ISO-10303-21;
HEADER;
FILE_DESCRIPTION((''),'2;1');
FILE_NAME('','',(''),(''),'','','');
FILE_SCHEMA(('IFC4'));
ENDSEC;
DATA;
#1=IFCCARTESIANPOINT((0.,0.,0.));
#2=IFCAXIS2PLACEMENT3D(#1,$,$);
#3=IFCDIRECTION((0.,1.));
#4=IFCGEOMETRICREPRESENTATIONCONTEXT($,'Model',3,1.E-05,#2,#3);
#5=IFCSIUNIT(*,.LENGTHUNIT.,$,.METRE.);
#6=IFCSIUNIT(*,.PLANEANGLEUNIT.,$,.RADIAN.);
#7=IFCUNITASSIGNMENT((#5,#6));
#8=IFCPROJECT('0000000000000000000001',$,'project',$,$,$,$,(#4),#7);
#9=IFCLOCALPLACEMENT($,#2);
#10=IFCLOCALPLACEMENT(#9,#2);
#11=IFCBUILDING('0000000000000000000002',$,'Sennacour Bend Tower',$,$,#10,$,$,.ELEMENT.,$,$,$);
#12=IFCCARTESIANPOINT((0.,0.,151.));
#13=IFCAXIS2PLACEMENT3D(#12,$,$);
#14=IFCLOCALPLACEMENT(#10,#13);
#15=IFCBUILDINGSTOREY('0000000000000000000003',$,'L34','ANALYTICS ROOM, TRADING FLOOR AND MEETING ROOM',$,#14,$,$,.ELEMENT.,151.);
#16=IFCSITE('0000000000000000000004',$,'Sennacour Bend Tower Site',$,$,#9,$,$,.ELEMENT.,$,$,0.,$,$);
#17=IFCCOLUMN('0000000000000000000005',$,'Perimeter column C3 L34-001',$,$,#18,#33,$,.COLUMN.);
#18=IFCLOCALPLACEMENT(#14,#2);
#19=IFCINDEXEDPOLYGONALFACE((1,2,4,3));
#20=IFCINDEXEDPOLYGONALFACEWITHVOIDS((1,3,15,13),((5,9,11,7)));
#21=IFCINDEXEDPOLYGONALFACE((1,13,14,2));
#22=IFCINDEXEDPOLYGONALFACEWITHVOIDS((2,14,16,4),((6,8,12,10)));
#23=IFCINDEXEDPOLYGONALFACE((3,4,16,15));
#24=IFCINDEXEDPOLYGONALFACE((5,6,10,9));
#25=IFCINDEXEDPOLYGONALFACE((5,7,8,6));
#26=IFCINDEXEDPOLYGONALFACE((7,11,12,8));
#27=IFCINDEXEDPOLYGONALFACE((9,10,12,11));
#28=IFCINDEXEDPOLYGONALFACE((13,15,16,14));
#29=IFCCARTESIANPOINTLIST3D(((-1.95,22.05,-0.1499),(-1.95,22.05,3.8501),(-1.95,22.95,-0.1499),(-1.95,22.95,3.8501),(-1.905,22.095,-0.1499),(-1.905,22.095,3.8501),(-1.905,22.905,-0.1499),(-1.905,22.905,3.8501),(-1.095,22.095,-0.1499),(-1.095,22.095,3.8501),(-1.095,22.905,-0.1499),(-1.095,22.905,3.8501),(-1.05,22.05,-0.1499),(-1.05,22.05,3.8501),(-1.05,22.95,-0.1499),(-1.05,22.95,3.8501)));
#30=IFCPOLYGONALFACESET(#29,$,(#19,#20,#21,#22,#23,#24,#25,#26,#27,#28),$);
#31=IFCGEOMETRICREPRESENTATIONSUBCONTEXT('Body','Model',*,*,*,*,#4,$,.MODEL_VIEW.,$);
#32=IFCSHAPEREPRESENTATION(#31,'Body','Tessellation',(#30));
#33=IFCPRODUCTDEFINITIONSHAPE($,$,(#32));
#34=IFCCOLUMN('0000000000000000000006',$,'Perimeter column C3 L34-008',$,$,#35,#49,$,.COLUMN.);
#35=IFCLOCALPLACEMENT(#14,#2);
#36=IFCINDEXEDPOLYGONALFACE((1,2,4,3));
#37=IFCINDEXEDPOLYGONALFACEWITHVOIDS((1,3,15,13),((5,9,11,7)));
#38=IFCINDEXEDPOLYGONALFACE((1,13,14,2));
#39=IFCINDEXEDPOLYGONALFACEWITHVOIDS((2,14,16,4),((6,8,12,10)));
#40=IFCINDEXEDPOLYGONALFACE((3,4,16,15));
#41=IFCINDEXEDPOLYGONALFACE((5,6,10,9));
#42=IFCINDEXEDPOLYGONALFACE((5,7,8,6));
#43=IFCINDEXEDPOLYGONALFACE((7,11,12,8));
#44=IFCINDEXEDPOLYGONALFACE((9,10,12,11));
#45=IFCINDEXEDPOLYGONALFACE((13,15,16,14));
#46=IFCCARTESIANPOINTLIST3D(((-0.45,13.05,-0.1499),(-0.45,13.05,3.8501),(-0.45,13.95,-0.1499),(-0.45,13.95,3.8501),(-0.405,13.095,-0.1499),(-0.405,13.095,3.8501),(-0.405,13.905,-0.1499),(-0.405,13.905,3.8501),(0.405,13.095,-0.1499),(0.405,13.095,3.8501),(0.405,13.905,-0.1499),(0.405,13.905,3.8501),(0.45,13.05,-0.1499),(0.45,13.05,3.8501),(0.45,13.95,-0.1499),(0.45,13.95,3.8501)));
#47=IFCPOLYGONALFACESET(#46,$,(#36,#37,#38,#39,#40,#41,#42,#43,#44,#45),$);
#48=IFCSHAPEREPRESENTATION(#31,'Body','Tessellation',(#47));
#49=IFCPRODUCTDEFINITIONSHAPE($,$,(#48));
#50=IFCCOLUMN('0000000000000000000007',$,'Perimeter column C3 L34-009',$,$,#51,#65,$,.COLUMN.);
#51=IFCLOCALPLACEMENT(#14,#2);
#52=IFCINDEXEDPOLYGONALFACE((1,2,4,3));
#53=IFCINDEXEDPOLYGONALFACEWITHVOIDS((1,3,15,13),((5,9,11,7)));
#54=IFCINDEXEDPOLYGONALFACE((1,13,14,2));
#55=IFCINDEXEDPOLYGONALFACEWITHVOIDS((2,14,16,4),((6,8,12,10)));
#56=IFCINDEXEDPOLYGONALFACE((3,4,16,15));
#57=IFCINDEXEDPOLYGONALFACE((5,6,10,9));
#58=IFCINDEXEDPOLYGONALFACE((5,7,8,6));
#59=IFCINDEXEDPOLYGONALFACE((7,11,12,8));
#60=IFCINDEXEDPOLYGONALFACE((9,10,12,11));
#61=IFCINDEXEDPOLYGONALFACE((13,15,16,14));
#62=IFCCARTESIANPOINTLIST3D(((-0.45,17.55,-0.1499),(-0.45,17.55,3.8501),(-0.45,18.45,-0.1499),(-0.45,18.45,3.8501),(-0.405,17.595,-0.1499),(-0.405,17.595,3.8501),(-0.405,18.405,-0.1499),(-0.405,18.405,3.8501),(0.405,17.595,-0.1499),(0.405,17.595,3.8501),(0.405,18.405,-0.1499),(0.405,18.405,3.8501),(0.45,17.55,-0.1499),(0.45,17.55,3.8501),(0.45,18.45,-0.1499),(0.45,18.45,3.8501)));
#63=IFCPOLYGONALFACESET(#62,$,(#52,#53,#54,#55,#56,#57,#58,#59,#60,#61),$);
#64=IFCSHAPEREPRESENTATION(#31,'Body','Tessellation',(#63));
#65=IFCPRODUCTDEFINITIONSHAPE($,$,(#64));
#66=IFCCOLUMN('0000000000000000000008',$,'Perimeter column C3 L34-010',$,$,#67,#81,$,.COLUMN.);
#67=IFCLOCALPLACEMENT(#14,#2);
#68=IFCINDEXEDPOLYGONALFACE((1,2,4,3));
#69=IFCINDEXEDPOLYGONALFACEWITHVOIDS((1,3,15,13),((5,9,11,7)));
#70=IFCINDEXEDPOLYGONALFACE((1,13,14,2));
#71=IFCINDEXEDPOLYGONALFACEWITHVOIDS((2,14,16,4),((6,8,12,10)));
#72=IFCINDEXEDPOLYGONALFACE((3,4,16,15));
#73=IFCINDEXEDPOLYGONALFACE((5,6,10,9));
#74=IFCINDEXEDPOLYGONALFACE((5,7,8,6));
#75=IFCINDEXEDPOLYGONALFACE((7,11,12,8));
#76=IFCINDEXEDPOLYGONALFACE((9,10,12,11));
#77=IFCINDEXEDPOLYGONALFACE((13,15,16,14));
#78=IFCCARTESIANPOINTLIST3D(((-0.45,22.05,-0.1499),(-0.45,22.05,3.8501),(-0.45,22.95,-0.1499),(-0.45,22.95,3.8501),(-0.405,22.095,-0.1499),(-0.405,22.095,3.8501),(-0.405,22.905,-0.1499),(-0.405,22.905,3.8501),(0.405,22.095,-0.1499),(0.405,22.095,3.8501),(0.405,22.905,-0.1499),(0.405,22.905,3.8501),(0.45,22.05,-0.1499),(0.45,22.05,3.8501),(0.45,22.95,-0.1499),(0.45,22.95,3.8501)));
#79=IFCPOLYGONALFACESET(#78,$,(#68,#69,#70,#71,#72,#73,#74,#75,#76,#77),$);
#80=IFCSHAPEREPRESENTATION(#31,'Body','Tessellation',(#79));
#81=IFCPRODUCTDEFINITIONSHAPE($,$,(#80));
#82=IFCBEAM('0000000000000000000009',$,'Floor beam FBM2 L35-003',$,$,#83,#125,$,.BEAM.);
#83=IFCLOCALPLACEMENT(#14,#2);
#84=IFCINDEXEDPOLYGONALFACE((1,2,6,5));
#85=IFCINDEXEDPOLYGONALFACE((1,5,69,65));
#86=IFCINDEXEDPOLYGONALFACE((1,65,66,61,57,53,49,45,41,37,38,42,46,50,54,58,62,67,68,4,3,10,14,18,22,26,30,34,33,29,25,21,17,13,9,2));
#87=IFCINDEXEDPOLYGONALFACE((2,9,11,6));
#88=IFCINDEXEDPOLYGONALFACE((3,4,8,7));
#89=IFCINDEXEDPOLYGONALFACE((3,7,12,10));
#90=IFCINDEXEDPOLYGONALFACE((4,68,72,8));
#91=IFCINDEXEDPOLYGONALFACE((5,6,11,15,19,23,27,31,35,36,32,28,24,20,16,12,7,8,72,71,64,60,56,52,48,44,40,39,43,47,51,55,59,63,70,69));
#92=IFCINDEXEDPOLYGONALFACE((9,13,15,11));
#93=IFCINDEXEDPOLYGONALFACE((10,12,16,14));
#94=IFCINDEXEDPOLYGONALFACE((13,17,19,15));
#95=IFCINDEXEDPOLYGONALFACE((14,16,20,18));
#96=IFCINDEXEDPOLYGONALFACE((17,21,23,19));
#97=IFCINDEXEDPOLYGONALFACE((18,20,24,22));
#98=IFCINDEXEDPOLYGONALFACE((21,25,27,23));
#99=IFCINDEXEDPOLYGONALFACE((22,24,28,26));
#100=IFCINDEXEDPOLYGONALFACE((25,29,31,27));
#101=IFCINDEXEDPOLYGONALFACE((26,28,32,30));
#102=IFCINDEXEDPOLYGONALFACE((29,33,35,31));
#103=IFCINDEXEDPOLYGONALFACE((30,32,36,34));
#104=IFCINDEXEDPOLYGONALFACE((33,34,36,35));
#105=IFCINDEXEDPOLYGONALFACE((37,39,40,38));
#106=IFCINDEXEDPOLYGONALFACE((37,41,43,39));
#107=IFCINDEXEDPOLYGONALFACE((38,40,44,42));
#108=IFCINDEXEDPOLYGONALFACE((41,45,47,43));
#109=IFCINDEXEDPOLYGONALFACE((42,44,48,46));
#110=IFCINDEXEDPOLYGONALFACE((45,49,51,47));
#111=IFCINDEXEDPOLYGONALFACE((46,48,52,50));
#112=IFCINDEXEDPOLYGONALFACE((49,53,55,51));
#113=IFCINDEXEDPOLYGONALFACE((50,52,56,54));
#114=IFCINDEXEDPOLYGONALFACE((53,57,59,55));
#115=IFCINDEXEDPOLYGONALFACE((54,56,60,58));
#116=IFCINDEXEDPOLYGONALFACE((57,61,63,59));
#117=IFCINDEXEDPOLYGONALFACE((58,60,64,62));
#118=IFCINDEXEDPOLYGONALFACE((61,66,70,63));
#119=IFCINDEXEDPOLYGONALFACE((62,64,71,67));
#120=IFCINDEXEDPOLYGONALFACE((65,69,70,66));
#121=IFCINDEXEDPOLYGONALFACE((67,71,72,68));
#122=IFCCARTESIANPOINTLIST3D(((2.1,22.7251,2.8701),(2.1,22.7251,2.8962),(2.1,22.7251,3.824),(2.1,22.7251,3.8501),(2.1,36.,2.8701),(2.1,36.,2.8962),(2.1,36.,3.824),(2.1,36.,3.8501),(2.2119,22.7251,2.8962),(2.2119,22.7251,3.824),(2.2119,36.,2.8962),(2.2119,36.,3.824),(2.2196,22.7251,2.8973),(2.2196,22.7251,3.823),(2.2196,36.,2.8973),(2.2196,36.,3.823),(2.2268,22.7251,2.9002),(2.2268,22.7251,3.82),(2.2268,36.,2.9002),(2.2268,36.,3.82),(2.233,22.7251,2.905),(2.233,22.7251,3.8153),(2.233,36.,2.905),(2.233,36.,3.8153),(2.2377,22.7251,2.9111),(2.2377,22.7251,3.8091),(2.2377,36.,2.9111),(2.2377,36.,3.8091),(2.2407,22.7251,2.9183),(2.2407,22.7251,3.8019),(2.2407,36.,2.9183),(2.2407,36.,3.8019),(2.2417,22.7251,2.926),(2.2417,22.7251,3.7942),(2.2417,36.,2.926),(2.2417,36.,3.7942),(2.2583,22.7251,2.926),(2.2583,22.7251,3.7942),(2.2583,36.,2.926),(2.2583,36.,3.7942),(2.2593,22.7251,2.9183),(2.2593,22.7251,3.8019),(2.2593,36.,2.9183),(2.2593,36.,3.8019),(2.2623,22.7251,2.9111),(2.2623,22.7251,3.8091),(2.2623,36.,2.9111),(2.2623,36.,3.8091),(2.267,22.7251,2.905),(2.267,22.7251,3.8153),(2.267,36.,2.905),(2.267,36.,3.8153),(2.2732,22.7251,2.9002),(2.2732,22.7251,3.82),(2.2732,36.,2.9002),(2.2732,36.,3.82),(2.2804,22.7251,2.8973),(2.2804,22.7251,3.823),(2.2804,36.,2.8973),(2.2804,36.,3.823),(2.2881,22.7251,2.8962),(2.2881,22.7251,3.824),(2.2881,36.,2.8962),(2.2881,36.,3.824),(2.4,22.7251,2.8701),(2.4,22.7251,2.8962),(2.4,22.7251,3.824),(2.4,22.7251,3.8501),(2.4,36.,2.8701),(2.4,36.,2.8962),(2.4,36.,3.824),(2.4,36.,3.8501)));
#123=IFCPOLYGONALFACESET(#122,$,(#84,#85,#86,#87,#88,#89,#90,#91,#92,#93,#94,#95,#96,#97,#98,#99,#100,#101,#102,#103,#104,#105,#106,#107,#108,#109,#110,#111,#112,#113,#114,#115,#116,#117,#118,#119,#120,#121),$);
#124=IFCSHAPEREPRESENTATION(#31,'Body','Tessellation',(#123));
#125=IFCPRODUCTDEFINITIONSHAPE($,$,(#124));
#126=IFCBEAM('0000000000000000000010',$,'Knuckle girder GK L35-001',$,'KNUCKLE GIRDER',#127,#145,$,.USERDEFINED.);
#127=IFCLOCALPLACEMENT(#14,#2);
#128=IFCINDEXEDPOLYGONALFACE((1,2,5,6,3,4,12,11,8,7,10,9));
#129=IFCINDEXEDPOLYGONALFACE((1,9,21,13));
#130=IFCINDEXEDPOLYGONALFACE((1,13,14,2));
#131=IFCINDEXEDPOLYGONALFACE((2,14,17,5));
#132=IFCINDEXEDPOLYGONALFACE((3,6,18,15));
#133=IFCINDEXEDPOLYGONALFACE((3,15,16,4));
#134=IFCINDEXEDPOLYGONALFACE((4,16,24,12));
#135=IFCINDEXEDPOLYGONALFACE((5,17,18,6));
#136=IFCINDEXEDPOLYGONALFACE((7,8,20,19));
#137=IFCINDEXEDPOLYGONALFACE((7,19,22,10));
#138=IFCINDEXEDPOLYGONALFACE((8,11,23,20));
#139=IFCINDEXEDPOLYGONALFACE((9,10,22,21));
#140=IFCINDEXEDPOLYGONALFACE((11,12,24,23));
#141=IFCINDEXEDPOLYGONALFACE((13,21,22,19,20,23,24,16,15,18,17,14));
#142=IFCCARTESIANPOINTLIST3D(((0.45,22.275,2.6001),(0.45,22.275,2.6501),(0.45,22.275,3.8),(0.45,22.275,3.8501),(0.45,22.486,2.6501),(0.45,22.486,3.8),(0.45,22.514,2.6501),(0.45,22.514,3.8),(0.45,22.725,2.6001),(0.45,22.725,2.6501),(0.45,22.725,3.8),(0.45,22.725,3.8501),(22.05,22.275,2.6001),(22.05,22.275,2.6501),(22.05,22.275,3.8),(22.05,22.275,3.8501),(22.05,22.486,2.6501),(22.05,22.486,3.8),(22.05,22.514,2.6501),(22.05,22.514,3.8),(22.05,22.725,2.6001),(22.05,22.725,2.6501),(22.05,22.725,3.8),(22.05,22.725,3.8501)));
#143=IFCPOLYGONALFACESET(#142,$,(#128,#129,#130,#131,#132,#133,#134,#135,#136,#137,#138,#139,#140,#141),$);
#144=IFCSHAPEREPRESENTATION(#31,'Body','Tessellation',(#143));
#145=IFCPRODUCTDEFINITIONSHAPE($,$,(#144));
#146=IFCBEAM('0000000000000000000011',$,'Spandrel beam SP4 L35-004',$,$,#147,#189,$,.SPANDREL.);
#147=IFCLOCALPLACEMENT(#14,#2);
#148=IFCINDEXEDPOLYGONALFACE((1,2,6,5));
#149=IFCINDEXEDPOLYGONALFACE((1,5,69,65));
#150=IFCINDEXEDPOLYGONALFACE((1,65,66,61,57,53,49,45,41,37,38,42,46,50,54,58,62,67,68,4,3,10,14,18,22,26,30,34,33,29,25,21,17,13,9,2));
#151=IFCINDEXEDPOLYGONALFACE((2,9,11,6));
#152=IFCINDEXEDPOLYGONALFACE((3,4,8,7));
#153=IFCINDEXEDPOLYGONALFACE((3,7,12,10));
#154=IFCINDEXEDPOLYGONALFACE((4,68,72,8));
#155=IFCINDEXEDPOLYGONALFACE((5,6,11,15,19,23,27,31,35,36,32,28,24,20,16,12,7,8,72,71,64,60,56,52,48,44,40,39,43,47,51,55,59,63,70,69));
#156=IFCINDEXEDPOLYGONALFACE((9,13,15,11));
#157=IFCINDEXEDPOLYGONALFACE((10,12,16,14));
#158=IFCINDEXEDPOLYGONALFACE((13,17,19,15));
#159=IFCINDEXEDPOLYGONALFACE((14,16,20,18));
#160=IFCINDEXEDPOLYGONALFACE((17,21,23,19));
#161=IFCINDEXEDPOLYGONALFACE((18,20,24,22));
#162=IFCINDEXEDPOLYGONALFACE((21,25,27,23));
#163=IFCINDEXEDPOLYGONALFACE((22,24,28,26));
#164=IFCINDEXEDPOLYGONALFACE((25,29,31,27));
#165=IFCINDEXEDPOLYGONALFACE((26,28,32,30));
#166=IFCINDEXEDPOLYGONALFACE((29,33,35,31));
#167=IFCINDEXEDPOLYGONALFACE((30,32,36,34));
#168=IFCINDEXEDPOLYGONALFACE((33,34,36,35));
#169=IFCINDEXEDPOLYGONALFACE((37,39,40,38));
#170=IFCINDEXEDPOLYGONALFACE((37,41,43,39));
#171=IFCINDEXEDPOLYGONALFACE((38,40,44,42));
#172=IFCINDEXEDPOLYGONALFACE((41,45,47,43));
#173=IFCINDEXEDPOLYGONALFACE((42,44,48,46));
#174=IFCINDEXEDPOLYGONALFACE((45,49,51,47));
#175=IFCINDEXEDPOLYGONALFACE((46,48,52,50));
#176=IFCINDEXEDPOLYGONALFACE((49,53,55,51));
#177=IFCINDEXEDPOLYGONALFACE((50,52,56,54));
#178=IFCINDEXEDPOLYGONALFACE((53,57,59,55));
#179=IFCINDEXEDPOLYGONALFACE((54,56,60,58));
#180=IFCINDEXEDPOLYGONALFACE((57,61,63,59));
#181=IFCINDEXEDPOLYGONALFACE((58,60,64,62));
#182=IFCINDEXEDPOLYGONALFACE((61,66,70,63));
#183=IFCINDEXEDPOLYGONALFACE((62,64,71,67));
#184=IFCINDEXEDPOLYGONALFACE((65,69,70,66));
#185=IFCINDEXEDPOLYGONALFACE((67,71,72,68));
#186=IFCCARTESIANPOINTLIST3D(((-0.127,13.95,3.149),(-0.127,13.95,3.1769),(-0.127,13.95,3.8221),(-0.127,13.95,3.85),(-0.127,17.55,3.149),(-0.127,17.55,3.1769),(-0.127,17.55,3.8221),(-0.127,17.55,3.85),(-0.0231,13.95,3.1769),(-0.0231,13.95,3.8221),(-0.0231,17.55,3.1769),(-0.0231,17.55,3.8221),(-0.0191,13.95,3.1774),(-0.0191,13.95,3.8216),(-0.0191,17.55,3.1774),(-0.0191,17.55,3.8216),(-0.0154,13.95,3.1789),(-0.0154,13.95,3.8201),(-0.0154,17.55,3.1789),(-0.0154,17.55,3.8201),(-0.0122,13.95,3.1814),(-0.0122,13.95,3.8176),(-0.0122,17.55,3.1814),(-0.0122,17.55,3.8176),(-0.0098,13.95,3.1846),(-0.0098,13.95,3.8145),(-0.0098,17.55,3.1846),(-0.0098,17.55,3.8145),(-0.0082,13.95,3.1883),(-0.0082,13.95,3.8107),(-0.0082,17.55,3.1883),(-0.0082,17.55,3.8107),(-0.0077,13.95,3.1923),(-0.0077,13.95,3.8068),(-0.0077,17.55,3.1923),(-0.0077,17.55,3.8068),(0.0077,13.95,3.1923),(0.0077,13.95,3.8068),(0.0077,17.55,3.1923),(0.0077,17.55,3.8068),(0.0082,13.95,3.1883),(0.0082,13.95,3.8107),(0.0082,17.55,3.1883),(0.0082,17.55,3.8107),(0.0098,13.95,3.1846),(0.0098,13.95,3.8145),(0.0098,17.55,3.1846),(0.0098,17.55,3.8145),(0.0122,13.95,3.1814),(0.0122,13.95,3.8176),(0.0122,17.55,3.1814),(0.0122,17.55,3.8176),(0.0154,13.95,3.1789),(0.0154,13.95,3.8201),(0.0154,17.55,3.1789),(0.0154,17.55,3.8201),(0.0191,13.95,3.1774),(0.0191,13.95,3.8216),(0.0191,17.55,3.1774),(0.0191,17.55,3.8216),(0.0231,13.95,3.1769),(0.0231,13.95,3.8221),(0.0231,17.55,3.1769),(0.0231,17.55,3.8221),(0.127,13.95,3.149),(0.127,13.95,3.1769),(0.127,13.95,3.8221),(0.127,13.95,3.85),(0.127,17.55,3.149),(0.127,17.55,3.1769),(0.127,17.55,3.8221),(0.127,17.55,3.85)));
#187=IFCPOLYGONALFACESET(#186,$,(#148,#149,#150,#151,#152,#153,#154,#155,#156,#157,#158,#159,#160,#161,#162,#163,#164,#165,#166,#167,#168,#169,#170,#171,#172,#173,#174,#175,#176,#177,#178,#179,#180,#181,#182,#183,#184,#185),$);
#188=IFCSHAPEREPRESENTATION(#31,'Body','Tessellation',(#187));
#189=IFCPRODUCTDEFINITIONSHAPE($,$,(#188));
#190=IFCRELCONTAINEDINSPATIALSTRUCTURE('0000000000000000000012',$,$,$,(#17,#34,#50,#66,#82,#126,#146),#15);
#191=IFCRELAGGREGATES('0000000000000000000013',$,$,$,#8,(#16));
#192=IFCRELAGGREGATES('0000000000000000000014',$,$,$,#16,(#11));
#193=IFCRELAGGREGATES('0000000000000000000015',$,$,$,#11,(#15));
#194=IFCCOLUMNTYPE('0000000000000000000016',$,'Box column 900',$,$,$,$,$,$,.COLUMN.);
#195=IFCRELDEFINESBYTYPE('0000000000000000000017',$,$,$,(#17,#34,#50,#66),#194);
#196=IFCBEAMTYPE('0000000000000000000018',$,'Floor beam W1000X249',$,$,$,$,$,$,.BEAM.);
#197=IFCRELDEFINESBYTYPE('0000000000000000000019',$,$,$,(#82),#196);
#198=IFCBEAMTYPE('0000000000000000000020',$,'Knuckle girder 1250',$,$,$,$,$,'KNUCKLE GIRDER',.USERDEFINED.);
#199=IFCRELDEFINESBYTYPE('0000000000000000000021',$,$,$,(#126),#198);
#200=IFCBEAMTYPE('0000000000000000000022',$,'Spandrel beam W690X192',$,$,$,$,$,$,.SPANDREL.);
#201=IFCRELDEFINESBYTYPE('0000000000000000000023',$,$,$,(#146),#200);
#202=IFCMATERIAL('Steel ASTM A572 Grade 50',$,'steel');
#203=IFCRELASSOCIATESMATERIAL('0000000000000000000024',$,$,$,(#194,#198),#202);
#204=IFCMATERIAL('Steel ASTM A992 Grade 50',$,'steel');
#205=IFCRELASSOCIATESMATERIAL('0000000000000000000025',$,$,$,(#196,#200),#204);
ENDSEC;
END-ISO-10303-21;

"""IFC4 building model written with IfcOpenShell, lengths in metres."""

from ifc_helpers import new_model, si_unit, direction, frame, origin, origin_2d, place, context, subcontext, project, spatial, hollow_rectangle, i_section, extrude, material, material_profile, profile_set, type_object, element, save


model = new_model("IFC4")

# Units and contexts
model_context = context("Model", 3, precision=1e-05, world=origin(), true_north=direction((0.0, 1.0)))
body_context = subcontext(model_context, "Body", "Model", "MODEL_VIEW")
ifc_project = project(units=[si_unit("LENGTHUNIT", "METRE"), si_unit("PLANEANGLEUNIT", "RADIAN")], contexts=[model_context])

# Site, building, storey
site_placement = place(None, origin())
site = spatial("IfcSite", under=ifc_project, at=site_placement, Name="Sennacour Bend Tower Site", CompositionType="ELEMENT", RefElevation=0.0)
building_placement = place(site_placement, origin())
building = spatial("IfcBuilding", under=site, at=building_placement, Name="Sennacour Bend Tower", CompositionType="ELEMENT")
storey_placement = place(building_placement, frame((0.0, 0.0, 151.0)))
storey = spatial("IfcBuildingStorey", under=building, at=storey_placement, Name="L34", Description="ANALYTICS ROOM, TRADING FLOOR AND MEETING ROOM", CompositionType="ELEMENT", Elevation=151.0)

# Columns
ifc_material_1 = material(Name="Steel ASTM A572 Grade 50", Category="steel")
ifc_material_profile_1 = material_profile(ifc_material_1, hollow_rectangle(XDim=0.8999, YDim=0.8999, WallThickness=0.0449, at=origin_2d()), Name="Steel ASTM A572 Grade 50", Category="steel")
ifc_profile_set_1 = profile_set([ifc_material_profile_1], Name="Steel ASTM A572 Grade 50")
column_type = type_object("IfcColumnType", Name="Box column 900", PredefinedType="COLUMN", material=ifc_profile_set_1)
for number, where, z_axis, x_axis, name in (
    (1, (-1.5, 22.5, -0.1499), (0.0, 0.0, 1.0), (1.0, 0.0, 0.0), "Perimeter column C3 L34-001"),
    (2, (0.0, 13.5, -0.1499), (0.0, 0.0, 1.0), (1.0, 0.0, 0.0), "Perimeter column C3 L34-008"),
    (3, (0.0, 18.0, -0.1499), (0.0, 0.0, 1.0), (1.0, 0.0, 0.0), "Perimeter column C3 L34-009"),
    (4, (0.0, 22.5, -0.1499), (0.0, 0.0, 1.0), (1.0, 0.0, 0.0), "Perimeter column C3 L34-010"),
):
    element("IfcColumn", number, at=place(storey_placement, frame(where, z_axis=z_axis, x_axis=x_axis)), inside=storey, type_object=column_type, Name=name, PredefinedType="COLUMN", context=body_context, shape_type="SweptSolid", body=[
        extrude(hollow_rectangle(XDim=0.8999, YDim=0.8999, WallThickness=0.0449, at=origin_2d()), origin(), (0.0, 0.0, 1.0), 4.0),
    ])

# Beams
ifc_material_2 = material(Name="Steel ASTM A992 Grade 50", Category="steel")
ifc_material_profile_2 = material_profile(ifc_material_2, i_section(OverallWidth=0.3, OverallDepth=0.98, WebThickness=0.0166, FlangeThickness=0.0261, FilletRadius=0.0298, at=origin_2d()), Name="Steel ASTM A992 Grade 50", Category="steel")
ifc_profile_set_2 = profile_set([ifc_material_profile_2], Name="Steel ASTM A992 Grade 50")
beam_type_1 = type_object("IfcBeamType", Name="Floor beam W1000X249", PredefinedType="BEAM", material=ifc_profile_set_2)
beam_1_placement = place(storey_placement, frame((2.25, 22.7251, 3.3601), z_axis=(0.0, 1.0, 0.0), x_axis=(-1.0, 0.0, 0.0)))
element("IfcBeam", 5, at=beam_1_placement, inside=storey, type_object=beam_type_1, Name="Floor beam FBM2 L35-003", PredefinedType="BEAM", context=body_context, shape_type="SweptSolid", body=[
    extrude(i_section(OverallWidth=0.3, OverallDepth=0.98, WebThickness=0.0166, FlangeThickness=0.0261, FilletRadius=0.0298, at=origin_2d()), origin(), (0.0, 0.0, 1.0), 13.2749),
])
ifc_material_profile_3 = material_profile(ifc_material_1, i_section(OverallWidth=0.45, OverallDepth=1.25, WebThickness=0.0281, FlangeThickness=0.05, at=origin_2d()), Name="Steel ASTM A572 Grade 50", Category="steel")
ifc_profile_set_3 = profile_set([ifc_material_profile_3], Name="Steel ASTM A572 Grade 50")
beam_type_2 = type_object("IfcBeamType", Name="Knuckle girder 1250", ElementType="KNUCKLE GIRDER", PredefinedType="USERDEFINED", material=ifc_profile_set_3)
beam_2_placement = place(storey_placement, frame((0.45, 22.5, 3.2251), z_axis=(1.0, 0.0, 0.0), x_axis=(0.0, 1.0, 0.0)))
element("IfcBeam", 6, at=beam_2_placement, inside=storey, type_object=beam_type_2, Name="Knuckle girder GK L35-001", ObjectType="KNUCKLE GIRDER", PredefinedType="USERDEFINED", context=body_context, shape_type="SweptSolid", body=[
    extrude(i_section(OverallWidth=0.45, OverallDepth=1.25, WebThickness=0.0281, FlangeThickness=0.05, at=origin_2d()), origin(), (0.0, 0.0, 1.0), 21.6001),
])
ifc_material_profile_4 = material_profile(ifc_material_2, i_section(OverallWidth=0.2539, OverallDepth=0.7009, WebThickness=0.0154, FlangeThickness=0.0278, FilletRadius=0.0154, at=origin_2d()), Name="Steel ASTM A992 Grade 50", Category="steel")
ifc_profile_set_4 = profile_set([ifc_material_profile_4], Name="Steel ASTM A992 Grade 50")
beam_type_3 = type_object("IfcBeamType", Name="Spandrel beam W690X192", PredefinedType="SPANDREL", material=ifc_profile_set_4)
for number, where, z_axis, x_axis, name in (
    (7, (0.0, 13.95, 3.4995), (0.0, 1.0, 0.0), (-1.0, 0.0, 0.0), "Spandrel beam SP4 L35-004"),
):
    element("IfcBeam", number, at=place(storey_placement, frame(where, z_axis=z_axis, x_axis=x_axis)), inside=storey, type_object=beam_type_3, Name=name, PredefinedType="SPANDREL", context=body_context, shape_type="SweptSolid", body=[
        extrude(i_section(OverallWidth=0.2539, OverallDepth=0.7009, WebThickness=0.0154, FlangeThickness=0.0278, FilletRadius=0.0154, at=origin_2d()), origin(), (0.0, 0.0, 1.0), 3.6001),
    ])

save(model, "model.ifc")
